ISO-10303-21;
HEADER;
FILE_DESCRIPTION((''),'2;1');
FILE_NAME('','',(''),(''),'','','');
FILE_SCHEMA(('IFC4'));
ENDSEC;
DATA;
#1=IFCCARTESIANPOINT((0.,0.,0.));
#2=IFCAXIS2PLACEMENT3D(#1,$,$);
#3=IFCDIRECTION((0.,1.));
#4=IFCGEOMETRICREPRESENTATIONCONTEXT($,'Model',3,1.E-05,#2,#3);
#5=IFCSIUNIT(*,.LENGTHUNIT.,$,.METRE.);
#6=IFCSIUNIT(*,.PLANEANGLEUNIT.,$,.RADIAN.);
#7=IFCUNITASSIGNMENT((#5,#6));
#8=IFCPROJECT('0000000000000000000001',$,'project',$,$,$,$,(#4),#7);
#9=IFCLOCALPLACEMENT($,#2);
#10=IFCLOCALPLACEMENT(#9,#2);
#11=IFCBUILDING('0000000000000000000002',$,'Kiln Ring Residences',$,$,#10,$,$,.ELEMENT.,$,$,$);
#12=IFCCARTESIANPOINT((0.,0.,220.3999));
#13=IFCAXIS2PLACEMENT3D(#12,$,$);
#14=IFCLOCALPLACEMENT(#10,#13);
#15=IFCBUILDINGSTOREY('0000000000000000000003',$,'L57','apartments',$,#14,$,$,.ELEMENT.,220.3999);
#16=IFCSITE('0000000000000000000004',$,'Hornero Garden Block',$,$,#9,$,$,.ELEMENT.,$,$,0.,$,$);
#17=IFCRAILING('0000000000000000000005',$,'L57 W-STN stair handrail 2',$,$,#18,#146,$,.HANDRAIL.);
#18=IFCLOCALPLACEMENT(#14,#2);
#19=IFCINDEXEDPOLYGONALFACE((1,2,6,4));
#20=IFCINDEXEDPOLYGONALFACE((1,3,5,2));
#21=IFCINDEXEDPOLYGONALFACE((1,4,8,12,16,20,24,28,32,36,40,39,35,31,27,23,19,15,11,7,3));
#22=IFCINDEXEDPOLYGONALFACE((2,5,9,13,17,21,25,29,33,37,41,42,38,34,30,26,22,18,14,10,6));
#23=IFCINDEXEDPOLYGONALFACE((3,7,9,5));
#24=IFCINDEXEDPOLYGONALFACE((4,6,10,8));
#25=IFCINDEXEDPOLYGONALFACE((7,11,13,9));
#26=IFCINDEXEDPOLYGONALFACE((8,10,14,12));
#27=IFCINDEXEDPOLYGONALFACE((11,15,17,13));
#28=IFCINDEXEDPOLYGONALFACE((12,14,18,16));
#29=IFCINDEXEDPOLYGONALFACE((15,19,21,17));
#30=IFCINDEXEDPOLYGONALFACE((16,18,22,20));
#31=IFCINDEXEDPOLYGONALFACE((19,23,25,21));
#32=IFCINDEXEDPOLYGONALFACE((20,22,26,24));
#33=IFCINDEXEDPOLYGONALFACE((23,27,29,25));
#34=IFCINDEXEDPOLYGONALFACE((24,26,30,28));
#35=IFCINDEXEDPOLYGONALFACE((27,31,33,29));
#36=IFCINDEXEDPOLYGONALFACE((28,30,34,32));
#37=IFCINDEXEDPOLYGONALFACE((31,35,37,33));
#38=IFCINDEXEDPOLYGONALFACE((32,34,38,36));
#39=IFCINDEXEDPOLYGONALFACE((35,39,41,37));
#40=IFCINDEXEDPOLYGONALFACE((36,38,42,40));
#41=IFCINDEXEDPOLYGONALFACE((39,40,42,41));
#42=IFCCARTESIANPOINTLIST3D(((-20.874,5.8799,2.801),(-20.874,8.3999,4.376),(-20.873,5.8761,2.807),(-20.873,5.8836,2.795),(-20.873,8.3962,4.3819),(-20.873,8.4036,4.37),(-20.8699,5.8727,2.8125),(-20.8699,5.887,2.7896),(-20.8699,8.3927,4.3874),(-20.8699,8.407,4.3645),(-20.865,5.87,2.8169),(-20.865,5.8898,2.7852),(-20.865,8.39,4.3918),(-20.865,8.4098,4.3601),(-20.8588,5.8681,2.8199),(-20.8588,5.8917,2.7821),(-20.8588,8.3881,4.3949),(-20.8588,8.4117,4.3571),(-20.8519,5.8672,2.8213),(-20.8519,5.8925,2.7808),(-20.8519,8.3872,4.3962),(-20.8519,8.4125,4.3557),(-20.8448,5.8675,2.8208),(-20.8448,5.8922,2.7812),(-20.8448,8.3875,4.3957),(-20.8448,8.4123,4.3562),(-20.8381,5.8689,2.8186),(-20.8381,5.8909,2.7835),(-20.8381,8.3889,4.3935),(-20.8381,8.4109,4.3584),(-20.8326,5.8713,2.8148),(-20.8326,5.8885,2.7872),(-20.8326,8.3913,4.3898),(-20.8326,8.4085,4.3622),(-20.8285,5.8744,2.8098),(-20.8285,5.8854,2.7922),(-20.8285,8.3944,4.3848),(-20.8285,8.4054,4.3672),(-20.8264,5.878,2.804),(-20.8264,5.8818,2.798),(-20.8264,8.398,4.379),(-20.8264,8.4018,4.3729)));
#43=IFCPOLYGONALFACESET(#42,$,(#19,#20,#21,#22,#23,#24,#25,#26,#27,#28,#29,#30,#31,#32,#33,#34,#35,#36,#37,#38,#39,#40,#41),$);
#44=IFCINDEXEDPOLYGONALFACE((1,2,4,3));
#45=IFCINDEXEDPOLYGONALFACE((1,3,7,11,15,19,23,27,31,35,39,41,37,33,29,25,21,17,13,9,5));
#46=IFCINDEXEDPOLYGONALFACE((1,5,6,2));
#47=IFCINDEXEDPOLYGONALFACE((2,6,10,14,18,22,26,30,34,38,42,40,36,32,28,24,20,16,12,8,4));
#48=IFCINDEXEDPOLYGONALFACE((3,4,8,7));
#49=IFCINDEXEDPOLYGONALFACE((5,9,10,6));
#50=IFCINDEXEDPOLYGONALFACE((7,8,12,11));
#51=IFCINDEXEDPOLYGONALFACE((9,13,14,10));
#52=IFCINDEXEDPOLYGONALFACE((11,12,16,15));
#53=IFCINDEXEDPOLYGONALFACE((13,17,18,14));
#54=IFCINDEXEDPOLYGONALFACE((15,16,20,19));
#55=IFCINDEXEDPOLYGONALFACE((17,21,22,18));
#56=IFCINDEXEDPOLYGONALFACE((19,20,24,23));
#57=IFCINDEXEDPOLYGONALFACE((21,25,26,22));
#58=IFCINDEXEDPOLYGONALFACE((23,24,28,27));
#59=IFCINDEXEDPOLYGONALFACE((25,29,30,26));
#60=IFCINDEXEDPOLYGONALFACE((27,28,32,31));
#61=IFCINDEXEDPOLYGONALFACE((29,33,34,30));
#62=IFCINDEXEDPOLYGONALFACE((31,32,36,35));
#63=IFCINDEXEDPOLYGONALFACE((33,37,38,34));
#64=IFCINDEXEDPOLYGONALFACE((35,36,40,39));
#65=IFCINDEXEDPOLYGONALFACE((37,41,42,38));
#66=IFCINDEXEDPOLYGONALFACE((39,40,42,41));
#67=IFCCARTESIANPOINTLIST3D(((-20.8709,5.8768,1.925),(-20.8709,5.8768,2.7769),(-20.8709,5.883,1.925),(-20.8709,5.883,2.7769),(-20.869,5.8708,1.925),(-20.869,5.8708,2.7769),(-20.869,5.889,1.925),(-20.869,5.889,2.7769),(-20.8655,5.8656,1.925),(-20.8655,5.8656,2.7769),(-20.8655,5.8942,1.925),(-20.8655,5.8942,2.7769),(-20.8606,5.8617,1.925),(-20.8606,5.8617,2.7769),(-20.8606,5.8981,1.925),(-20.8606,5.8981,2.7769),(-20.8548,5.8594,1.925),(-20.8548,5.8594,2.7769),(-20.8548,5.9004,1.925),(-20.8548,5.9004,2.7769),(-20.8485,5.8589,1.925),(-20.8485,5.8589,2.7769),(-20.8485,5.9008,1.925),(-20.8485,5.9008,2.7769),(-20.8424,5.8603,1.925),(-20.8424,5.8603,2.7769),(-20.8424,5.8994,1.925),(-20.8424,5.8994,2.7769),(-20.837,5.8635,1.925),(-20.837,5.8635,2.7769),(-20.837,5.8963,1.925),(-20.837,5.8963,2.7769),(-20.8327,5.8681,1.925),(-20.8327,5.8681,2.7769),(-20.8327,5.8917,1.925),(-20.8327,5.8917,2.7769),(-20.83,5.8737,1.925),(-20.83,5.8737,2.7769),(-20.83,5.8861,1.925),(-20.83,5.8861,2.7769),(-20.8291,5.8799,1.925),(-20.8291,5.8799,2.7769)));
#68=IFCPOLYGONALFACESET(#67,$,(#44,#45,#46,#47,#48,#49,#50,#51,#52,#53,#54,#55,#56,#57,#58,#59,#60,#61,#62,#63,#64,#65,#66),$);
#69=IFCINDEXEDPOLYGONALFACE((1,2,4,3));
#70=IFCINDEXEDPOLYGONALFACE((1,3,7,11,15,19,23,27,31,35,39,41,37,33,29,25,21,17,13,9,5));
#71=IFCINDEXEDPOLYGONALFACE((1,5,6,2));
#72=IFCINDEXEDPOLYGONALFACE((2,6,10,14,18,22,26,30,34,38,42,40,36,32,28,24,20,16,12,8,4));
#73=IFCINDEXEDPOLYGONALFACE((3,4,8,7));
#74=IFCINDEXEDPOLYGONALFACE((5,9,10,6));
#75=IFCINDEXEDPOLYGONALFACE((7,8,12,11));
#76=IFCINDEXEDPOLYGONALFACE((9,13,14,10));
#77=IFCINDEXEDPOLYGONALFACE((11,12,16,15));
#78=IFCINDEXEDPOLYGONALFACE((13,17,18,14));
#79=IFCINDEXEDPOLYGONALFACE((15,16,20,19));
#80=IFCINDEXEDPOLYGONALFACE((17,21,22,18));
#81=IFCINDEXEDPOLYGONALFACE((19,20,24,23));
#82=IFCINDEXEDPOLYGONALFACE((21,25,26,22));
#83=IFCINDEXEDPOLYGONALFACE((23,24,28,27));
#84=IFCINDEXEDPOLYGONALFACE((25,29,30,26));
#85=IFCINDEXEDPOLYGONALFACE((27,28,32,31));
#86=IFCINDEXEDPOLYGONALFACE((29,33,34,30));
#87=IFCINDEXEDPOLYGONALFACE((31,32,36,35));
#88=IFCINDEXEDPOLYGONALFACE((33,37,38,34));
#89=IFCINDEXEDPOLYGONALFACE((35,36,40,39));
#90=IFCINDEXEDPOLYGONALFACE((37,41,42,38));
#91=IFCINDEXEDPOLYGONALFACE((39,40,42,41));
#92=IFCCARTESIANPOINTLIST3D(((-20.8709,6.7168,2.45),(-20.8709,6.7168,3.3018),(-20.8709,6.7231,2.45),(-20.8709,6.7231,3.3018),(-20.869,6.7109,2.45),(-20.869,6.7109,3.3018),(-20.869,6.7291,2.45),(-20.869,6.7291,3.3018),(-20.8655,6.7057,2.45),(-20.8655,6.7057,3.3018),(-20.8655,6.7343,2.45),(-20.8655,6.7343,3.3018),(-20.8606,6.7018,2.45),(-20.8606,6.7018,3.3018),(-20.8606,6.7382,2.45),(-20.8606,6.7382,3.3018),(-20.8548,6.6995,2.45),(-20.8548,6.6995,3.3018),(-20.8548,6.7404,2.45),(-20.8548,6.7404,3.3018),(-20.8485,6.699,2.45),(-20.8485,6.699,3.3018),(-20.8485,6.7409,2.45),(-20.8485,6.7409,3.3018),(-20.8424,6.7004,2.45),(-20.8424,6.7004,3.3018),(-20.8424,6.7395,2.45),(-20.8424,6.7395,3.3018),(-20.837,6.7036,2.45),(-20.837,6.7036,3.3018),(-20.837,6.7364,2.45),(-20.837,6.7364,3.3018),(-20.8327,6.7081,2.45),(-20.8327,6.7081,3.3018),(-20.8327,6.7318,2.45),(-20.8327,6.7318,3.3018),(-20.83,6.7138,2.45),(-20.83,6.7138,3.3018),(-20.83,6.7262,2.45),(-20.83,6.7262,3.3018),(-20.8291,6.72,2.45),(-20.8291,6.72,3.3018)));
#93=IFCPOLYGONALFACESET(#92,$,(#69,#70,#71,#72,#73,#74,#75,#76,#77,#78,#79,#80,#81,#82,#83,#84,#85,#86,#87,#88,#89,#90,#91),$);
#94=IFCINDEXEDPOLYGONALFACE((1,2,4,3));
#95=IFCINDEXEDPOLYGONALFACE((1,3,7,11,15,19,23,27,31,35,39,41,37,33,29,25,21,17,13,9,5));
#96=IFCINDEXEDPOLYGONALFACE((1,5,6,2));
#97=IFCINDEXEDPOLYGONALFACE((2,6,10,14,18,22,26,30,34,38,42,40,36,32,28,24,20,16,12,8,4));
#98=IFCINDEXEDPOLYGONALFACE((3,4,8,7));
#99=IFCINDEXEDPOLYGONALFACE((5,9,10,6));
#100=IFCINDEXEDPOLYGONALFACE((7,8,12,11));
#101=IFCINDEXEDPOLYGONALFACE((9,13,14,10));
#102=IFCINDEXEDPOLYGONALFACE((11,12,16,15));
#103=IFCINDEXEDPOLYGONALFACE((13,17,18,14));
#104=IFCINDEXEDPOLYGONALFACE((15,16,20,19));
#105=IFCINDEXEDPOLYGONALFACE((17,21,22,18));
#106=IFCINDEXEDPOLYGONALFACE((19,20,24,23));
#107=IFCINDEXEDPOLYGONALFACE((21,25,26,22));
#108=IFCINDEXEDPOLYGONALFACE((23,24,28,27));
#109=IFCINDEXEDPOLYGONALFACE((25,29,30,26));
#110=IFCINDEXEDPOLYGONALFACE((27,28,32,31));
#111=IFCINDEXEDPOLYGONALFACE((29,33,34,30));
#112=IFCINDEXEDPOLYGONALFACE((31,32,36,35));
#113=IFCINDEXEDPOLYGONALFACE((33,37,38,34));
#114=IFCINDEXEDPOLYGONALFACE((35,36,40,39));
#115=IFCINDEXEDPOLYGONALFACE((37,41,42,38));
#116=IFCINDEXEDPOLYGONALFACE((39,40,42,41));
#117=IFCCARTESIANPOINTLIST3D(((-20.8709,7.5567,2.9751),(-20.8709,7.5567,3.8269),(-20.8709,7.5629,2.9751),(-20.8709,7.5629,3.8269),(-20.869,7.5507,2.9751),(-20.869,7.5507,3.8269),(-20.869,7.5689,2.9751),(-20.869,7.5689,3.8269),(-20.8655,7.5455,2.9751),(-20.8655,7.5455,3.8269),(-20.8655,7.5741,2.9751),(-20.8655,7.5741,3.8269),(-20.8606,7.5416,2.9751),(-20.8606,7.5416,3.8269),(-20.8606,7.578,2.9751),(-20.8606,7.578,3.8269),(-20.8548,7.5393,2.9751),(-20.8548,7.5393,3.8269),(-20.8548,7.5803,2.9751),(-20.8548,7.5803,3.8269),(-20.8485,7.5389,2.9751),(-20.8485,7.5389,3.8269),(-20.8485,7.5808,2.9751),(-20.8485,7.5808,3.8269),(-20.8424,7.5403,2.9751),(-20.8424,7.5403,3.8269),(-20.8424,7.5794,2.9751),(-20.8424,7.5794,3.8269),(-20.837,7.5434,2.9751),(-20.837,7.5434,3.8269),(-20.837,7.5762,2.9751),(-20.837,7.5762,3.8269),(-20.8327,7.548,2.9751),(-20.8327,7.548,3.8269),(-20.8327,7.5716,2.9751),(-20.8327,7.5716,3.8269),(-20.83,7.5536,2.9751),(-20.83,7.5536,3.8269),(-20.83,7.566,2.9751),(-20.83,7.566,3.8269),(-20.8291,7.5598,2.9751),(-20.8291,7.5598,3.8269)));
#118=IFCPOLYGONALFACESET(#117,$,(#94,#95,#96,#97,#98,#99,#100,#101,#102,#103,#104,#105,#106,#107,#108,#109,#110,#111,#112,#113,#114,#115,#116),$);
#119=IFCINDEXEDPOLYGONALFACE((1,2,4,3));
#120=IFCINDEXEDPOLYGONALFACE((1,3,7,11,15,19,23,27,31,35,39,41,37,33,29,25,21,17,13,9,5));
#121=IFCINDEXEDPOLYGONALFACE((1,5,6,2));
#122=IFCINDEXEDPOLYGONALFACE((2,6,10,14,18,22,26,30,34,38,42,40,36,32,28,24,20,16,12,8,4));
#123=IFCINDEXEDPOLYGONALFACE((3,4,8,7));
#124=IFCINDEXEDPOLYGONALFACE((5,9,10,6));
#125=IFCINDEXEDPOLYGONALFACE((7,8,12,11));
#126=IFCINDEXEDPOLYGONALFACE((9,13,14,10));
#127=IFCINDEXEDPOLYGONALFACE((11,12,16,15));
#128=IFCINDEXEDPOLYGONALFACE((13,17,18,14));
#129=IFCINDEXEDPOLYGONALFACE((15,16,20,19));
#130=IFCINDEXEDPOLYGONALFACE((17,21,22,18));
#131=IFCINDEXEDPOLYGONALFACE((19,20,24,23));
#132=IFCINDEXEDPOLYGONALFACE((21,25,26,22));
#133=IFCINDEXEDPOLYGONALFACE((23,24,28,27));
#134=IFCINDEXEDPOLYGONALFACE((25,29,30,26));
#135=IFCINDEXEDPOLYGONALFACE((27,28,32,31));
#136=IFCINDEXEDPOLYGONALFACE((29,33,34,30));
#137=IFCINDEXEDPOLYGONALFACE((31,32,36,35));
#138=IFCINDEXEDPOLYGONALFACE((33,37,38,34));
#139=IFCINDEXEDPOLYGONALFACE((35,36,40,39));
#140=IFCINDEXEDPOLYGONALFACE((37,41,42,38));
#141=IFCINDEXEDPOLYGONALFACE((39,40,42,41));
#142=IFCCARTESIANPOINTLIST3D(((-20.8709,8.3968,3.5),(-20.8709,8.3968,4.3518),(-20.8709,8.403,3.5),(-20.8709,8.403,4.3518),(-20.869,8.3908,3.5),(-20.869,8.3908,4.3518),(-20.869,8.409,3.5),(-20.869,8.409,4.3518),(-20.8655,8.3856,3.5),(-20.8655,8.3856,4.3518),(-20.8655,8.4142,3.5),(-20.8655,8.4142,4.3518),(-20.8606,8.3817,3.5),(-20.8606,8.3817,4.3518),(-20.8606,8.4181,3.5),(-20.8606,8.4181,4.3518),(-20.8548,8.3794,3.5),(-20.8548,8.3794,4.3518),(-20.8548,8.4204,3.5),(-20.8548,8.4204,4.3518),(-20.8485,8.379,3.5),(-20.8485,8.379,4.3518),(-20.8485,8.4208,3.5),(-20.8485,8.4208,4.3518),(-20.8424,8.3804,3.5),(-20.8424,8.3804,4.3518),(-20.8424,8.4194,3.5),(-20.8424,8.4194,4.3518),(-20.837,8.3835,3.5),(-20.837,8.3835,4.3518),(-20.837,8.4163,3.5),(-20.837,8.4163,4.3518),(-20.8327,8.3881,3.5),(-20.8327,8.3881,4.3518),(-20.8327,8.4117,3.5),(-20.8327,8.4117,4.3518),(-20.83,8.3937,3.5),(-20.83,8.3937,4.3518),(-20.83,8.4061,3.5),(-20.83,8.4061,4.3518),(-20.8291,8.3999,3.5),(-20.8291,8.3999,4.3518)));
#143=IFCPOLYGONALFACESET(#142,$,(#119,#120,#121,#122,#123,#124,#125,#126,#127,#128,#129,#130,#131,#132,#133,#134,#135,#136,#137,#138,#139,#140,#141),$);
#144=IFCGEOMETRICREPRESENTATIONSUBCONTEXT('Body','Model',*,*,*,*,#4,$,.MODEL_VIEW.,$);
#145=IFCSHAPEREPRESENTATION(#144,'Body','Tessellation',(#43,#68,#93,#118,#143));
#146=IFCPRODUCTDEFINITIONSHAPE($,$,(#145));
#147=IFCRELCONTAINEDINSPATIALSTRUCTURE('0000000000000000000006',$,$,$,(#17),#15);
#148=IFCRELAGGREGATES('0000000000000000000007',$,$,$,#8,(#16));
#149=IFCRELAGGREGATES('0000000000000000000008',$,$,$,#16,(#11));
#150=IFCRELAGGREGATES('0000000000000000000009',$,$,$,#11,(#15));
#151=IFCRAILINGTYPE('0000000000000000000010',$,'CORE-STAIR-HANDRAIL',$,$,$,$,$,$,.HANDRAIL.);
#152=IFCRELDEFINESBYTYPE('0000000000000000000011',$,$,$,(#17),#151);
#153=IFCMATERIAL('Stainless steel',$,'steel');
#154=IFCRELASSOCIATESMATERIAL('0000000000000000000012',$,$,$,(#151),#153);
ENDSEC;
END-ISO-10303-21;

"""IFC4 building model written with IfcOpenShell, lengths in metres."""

from ifc_helpers import new_model, si_unit, direction, frame, origin, origin_2d, place, context, subcontext, project, spatial, circle, extrude, material, type_object, element, save


model = new_model("IFC4")

# Units and contexts
model_context = context("Model", 3, precision=1e-05, world=origin(), true_north=direction((0.0, 1.0)))
body_context = subcontext(model_context, "Body", "Model", "MODEL_VIEW")
ifc_project = project(units=[si_unit("LENGTHUNIT", "METRE"), si_unit("PLANEANGLEUNIT", "RADIAN")], contexts=[model_context])

# Site, building, storey
site_placement = place(None, origin())
site = spatial("IfcSite", under=ifc_project, at=site_placement, Name="Hornero Garden Block", CompositionType="ELEMENT", RefElevation=0.0)
building_placement = place(site_placement, origin())
building = spatial("IfcBuilding", under=site, at=building_placement, Name="Kiln Ring Residences", CompositionType="ELEMENT")
storey_placement = place(building_placement, frame((0.0, 0.0, 220.3999)))
storey = spatial("IfcBuildingStorey", under=building, at=storey_placement, Name="L57", Description="apartments", CompositionType="ELEMENT", Elevation=220.3999)

# Railing
ifc_material_1 = material(Name="Stainless steel", Category="steel")
railing_type_1 = type_object("IfcRailingType", Name="CORE-STAIR-HANDRAIL", PredefinedType="HANDRAIL", material=ifc_material_1)
railing_1_placement = place(storey_placement, frame((-20.8501, 5.8799, 1.925)))
element("IfcRailing", 1, at=railing_1_placement, inside=storey, type_object=railing_type_1, Name="L57 W-STN stair handrail 2", PredefinedType="HANDRAIL", context=body_context, shape_type="SweptSolid", body=[
    extrude(circle(Radius=0.0239, at=origin_2d()), frame((0.0, 0.0, 0.876), z_axis=(0.0, 0.848008, 0.529984), x_axis=(-1.0, 0.0, 0.0)), (0.0, 0.0, 1.0), 2.9717),
    extrude(circle(Radius=0.021, at=origin_2d()), origin(), (0.0, 0.0, 1.0), 0.8518),
    extrude(circle(Radius=0.021, at=origin_2d()), frame((0.0, 0.8401, 0.5249)), (0.0, 0.0, 1.0), 0.8518),
    extrude(circle(Radius=0.021, at=origin_2d()), frame((0.0, 1.6799, 1.05)), (0.0, 0.0, 1.0), 0.8518),
    extrude(circle(Radius=0.021, at=origin_2d()), frame((0.0, 2.52, 1.575)), (0.0, 0.0, 1.0), 0.8518),
])

save(model, "model.ifc")
